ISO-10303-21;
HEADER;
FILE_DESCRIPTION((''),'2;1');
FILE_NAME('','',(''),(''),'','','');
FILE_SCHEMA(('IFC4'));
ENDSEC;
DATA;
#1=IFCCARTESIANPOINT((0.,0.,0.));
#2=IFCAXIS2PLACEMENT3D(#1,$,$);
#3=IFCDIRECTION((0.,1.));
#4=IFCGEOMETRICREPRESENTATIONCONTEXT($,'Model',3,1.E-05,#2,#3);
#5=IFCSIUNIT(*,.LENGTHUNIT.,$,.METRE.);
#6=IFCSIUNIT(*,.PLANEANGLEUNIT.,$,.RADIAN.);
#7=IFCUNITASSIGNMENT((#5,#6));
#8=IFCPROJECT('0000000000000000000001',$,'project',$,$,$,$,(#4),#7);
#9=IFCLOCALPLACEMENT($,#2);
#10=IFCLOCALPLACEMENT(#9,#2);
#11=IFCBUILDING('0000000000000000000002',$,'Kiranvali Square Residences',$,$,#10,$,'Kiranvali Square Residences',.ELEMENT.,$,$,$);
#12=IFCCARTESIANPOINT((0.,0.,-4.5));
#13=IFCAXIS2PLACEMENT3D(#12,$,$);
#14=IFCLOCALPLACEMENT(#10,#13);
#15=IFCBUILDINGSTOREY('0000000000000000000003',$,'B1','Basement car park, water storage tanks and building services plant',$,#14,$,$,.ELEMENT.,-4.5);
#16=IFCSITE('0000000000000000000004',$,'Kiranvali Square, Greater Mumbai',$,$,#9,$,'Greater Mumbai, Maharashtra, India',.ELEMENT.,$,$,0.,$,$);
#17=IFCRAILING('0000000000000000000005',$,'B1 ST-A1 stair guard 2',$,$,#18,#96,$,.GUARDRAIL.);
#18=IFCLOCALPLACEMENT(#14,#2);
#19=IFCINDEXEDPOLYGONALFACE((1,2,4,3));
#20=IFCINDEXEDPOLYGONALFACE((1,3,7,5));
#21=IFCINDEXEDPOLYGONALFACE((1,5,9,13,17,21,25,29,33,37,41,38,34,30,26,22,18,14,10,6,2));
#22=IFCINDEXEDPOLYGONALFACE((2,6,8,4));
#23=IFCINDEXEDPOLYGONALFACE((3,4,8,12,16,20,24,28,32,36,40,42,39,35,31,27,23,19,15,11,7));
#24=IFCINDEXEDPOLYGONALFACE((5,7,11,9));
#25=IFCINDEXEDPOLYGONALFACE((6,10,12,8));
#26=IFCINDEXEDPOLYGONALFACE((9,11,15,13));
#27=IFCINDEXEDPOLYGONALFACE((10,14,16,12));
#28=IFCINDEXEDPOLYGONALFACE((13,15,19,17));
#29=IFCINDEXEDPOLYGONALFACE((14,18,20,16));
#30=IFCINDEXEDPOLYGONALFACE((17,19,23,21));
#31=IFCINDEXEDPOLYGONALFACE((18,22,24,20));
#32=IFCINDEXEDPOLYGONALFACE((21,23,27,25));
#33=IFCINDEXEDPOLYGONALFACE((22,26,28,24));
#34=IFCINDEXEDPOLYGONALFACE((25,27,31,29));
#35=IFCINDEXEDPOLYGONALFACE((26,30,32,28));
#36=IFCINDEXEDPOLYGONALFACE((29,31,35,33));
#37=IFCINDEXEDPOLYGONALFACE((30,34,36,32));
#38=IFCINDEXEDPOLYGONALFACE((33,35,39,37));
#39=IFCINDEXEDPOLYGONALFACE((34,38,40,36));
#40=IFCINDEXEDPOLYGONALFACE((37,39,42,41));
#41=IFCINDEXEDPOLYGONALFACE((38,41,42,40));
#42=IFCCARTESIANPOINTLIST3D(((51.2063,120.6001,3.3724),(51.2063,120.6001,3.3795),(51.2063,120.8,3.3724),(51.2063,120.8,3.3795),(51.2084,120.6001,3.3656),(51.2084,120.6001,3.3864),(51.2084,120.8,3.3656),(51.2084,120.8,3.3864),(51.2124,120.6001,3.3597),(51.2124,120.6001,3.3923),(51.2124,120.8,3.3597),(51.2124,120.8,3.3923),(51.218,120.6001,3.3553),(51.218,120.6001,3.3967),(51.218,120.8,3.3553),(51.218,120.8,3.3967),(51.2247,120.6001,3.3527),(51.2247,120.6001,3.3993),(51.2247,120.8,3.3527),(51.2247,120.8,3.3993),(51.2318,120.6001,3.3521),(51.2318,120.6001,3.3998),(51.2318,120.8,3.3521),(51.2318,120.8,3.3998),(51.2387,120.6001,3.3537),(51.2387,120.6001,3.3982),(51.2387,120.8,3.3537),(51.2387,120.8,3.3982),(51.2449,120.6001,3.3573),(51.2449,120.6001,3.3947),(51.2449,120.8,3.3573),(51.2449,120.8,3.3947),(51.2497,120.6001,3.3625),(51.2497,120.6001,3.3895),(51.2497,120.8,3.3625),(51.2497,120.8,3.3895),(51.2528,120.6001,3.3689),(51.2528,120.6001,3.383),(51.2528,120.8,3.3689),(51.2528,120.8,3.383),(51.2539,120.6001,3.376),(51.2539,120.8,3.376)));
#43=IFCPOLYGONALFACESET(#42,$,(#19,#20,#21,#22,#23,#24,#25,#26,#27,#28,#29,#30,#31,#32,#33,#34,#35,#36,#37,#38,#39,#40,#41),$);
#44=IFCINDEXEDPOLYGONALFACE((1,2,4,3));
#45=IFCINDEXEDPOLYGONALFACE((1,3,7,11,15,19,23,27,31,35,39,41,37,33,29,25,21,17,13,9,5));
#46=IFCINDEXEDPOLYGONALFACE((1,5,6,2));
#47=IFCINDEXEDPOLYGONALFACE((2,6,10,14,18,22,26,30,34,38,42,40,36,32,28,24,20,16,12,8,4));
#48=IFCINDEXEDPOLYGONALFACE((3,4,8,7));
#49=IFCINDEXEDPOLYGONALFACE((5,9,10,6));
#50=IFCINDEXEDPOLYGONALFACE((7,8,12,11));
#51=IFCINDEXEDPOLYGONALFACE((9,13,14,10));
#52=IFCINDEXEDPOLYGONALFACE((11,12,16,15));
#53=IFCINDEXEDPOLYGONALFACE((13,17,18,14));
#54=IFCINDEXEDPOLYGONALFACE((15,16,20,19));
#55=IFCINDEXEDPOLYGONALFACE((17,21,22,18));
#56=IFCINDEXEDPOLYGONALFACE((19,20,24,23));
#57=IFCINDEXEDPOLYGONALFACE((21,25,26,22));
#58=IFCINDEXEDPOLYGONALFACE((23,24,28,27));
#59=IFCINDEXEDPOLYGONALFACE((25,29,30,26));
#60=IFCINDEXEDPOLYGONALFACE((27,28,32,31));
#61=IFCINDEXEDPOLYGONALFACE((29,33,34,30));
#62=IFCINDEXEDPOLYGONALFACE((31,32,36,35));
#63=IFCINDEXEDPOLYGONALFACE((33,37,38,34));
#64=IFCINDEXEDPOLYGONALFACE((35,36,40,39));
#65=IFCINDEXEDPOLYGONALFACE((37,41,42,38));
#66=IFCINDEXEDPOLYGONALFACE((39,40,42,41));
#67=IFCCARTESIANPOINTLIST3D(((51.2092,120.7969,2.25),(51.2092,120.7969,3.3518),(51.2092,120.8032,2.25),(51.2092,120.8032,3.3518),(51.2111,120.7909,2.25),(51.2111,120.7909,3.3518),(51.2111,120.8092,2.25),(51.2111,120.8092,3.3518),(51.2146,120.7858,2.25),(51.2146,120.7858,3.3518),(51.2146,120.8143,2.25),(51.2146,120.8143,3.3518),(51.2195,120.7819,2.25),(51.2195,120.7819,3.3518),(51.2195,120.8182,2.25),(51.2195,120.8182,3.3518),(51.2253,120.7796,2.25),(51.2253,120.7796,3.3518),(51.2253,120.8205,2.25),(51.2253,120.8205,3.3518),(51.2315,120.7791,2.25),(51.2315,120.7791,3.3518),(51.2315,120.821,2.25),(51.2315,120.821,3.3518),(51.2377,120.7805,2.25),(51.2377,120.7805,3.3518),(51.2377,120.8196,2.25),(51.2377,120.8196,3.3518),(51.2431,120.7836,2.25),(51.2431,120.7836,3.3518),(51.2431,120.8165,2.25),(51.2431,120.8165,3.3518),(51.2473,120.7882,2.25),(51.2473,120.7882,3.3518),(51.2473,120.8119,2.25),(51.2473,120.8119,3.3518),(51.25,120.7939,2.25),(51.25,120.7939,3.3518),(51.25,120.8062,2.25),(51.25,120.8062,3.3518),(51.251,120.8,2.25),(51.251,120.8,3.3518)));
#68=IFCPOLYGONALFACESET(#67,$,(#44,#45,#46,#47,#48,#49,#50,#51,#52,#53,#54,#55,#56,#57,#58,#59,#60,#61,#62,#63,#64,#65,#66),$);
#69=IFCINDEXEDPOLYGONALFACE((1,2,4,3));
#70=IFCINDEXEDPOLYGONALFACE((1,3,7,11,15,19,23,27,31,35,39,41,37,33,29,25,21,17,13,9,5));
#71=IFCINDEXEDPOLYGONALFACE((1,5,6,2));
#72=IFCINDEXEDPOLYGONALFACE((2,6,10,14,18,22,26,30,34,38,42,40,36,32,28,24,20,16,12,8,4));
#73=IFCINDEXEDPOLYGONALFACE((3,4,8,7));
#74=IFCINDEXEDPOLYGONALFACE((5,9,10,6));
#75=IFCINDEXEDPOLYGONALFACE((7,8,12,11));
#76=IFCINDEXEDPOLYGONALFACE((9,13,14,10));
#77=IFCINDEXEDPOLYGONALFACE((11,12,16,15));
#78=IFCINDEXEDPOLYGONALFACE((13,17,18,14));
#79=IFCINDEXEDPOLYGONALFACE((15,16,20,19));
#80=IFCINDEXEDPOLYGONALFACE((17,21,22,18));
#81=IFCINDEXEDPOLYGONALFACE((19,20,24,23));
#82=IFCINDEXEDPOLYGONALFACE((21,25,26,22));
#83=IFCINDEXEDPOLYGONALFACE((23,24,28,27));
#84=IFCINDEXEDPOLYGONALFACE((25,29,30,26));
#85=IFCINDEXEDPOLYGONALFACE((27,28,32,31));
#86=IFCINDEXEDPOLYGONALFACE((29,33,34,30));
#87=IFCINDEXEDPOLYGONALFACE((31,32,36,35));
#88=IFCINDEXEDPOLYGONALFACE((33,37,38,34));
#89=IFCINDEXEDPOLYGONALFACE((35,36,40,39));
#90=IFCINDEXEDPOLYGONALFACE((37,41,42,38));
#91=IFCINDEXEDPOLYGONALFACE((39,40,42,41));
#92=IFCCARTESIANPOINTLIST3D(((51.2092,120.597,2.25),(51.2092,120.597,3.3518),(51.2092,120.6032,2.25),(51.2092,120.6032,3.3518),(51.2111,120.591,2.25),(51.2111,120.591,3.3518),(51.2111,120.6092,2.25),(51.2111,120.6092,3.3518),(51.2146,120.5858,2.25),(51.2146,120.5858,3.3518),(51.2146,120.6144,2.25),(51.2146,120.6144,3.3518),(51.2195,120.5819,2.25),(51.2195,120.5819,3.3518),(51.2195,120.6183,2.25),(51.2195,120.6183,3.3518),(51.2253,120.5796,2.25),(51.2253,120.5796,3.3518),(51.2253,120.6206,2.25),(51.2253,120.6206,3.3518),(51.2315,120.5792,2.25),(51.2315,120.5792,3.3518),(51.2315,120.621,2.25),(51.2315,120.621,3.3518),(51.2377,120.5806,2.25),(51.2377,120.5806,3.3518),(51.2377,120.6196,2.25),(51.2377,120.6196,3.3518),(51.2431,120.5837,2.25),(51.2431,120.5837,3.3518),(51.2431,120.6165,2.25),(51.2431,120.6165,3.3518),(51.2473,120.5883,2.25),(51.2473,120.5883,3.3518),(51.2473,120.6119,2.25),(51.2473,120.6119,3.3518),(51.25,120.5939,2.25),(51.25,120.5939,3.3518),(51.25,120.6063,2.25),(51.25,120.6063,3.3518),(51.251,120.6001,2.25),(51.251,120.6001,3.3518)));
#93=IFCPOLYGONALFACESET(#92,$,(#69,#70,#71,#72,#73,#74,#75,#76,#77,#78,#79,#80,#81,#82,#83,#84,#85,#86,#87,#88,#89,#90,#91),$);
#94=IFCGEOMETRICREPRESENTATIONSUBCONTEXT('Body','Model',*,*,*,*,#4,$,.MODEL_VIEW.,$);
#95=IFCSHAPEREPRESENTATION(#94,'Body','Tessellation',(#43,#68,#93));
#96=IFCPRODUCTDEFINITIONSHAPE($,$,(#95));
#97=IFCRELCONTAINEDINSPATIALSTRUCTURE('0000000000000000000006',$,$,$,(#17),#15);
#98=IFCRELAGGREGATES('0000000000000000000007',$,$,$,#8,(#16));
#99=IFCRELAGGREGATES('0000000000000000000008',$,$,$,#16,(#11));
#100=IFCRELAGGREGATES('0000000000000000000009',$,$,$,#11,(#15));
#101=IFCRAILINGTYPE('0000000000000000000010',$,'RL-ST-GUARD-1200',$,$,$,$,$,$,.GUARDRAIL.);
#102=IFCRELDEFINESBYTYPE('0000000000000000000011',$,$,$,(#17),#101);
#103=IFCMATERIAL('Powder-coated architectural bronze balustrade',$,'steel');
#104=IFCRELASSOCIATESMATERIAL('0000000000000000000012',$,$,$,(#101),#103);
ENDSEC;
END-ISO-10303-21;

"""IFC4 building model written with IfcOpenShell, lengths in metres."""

from ifc_helpers import new_model, si_unit, direction, frame, origin, origin_2d, place, context, subcontext, project, spatial, circle, extrude, material, type_object, element, save


model = new_model("IFC4")

# Units and contexts
model_context = context("Model", 3, precision=1e-05, world=origin(), true_north=direction((0.0, 1.0)))
body_context = subcontext(model_context, "Body", "Model", "MODEL_VIEW")
ifc_project = project(units=[si_unit("LENGTHUNIT", "METRE"), si_unit("PLANEANGLEUNIT", "RADIAN")], contexts=[model_context])

# Site, building, storey
site_placement = place(None, origin())
site = spatial("IfcSite", under=ifc_project, at=site_placement, Name="Kiranvali Square, Greater Mumbai", LongName="Greater Mumbai, Maharashtra, India", CompositionType="ELEMENT", RefElevation=0.0)
building_placement = place(site_placement, origin())
building = spatial("IfcBuilding", under=site, at=building_placement, Name="Kiranvali Square Residences", LongName="Kiranvali Square Residences", CompositionType="ELEMENT")
storey_placement = place(building_placement, frame((0.0, 0.0, -4.5)))
storey = spatial("IfcBuildingStorey", under=building, at=storey_placement, Name="B1", Description="Basement car park, water storage tanks and building services plant", CompositionType="ELEMENT", Elevation=-4.5)

# Railing
ifc_material_1 = material(Name="Powder-coated architectural bronze balustrade", Category="steel")
railing_type_1 = type_object("IfcRailingType", Name="RL-ST-GUARD-1200", PredefinedType="GUARDRAIL", material=ifc_material_1)
railing_1_placement = place(storey_placement, frame((51.23, 120.8, 2.25)))
element("IfcRailing", 1, at=railing_1_placement, inside=storey, type_object=railing_type_1, Name="B1 ST-A1 stair guard 2", PredefinedType="GUARDRAIL", context=body_context, shape_type="SweptSolid", body=[
    extrude(circle(Radius=0.0239, at=origin_2d()), frame((0.0, 0.0, 1.126), z_axis=(0.0, -1.0, 0.0), x_axis=(1.0, 0.0, 0.0)), (0.0, 0.0, 1.0), 0.2),
    extrude(circle(Radius=0.021, at=origin_2d()), origin(), (0.0, 0.0, 1.0), 1.1018),
    extrude(circle(Radius=0.021, at=origin_2d()), frame((0.0, -0.2, 0.0)), (0.0, 0.0, 1.0), 1.1018),
])

save(model, "model.ifc")
